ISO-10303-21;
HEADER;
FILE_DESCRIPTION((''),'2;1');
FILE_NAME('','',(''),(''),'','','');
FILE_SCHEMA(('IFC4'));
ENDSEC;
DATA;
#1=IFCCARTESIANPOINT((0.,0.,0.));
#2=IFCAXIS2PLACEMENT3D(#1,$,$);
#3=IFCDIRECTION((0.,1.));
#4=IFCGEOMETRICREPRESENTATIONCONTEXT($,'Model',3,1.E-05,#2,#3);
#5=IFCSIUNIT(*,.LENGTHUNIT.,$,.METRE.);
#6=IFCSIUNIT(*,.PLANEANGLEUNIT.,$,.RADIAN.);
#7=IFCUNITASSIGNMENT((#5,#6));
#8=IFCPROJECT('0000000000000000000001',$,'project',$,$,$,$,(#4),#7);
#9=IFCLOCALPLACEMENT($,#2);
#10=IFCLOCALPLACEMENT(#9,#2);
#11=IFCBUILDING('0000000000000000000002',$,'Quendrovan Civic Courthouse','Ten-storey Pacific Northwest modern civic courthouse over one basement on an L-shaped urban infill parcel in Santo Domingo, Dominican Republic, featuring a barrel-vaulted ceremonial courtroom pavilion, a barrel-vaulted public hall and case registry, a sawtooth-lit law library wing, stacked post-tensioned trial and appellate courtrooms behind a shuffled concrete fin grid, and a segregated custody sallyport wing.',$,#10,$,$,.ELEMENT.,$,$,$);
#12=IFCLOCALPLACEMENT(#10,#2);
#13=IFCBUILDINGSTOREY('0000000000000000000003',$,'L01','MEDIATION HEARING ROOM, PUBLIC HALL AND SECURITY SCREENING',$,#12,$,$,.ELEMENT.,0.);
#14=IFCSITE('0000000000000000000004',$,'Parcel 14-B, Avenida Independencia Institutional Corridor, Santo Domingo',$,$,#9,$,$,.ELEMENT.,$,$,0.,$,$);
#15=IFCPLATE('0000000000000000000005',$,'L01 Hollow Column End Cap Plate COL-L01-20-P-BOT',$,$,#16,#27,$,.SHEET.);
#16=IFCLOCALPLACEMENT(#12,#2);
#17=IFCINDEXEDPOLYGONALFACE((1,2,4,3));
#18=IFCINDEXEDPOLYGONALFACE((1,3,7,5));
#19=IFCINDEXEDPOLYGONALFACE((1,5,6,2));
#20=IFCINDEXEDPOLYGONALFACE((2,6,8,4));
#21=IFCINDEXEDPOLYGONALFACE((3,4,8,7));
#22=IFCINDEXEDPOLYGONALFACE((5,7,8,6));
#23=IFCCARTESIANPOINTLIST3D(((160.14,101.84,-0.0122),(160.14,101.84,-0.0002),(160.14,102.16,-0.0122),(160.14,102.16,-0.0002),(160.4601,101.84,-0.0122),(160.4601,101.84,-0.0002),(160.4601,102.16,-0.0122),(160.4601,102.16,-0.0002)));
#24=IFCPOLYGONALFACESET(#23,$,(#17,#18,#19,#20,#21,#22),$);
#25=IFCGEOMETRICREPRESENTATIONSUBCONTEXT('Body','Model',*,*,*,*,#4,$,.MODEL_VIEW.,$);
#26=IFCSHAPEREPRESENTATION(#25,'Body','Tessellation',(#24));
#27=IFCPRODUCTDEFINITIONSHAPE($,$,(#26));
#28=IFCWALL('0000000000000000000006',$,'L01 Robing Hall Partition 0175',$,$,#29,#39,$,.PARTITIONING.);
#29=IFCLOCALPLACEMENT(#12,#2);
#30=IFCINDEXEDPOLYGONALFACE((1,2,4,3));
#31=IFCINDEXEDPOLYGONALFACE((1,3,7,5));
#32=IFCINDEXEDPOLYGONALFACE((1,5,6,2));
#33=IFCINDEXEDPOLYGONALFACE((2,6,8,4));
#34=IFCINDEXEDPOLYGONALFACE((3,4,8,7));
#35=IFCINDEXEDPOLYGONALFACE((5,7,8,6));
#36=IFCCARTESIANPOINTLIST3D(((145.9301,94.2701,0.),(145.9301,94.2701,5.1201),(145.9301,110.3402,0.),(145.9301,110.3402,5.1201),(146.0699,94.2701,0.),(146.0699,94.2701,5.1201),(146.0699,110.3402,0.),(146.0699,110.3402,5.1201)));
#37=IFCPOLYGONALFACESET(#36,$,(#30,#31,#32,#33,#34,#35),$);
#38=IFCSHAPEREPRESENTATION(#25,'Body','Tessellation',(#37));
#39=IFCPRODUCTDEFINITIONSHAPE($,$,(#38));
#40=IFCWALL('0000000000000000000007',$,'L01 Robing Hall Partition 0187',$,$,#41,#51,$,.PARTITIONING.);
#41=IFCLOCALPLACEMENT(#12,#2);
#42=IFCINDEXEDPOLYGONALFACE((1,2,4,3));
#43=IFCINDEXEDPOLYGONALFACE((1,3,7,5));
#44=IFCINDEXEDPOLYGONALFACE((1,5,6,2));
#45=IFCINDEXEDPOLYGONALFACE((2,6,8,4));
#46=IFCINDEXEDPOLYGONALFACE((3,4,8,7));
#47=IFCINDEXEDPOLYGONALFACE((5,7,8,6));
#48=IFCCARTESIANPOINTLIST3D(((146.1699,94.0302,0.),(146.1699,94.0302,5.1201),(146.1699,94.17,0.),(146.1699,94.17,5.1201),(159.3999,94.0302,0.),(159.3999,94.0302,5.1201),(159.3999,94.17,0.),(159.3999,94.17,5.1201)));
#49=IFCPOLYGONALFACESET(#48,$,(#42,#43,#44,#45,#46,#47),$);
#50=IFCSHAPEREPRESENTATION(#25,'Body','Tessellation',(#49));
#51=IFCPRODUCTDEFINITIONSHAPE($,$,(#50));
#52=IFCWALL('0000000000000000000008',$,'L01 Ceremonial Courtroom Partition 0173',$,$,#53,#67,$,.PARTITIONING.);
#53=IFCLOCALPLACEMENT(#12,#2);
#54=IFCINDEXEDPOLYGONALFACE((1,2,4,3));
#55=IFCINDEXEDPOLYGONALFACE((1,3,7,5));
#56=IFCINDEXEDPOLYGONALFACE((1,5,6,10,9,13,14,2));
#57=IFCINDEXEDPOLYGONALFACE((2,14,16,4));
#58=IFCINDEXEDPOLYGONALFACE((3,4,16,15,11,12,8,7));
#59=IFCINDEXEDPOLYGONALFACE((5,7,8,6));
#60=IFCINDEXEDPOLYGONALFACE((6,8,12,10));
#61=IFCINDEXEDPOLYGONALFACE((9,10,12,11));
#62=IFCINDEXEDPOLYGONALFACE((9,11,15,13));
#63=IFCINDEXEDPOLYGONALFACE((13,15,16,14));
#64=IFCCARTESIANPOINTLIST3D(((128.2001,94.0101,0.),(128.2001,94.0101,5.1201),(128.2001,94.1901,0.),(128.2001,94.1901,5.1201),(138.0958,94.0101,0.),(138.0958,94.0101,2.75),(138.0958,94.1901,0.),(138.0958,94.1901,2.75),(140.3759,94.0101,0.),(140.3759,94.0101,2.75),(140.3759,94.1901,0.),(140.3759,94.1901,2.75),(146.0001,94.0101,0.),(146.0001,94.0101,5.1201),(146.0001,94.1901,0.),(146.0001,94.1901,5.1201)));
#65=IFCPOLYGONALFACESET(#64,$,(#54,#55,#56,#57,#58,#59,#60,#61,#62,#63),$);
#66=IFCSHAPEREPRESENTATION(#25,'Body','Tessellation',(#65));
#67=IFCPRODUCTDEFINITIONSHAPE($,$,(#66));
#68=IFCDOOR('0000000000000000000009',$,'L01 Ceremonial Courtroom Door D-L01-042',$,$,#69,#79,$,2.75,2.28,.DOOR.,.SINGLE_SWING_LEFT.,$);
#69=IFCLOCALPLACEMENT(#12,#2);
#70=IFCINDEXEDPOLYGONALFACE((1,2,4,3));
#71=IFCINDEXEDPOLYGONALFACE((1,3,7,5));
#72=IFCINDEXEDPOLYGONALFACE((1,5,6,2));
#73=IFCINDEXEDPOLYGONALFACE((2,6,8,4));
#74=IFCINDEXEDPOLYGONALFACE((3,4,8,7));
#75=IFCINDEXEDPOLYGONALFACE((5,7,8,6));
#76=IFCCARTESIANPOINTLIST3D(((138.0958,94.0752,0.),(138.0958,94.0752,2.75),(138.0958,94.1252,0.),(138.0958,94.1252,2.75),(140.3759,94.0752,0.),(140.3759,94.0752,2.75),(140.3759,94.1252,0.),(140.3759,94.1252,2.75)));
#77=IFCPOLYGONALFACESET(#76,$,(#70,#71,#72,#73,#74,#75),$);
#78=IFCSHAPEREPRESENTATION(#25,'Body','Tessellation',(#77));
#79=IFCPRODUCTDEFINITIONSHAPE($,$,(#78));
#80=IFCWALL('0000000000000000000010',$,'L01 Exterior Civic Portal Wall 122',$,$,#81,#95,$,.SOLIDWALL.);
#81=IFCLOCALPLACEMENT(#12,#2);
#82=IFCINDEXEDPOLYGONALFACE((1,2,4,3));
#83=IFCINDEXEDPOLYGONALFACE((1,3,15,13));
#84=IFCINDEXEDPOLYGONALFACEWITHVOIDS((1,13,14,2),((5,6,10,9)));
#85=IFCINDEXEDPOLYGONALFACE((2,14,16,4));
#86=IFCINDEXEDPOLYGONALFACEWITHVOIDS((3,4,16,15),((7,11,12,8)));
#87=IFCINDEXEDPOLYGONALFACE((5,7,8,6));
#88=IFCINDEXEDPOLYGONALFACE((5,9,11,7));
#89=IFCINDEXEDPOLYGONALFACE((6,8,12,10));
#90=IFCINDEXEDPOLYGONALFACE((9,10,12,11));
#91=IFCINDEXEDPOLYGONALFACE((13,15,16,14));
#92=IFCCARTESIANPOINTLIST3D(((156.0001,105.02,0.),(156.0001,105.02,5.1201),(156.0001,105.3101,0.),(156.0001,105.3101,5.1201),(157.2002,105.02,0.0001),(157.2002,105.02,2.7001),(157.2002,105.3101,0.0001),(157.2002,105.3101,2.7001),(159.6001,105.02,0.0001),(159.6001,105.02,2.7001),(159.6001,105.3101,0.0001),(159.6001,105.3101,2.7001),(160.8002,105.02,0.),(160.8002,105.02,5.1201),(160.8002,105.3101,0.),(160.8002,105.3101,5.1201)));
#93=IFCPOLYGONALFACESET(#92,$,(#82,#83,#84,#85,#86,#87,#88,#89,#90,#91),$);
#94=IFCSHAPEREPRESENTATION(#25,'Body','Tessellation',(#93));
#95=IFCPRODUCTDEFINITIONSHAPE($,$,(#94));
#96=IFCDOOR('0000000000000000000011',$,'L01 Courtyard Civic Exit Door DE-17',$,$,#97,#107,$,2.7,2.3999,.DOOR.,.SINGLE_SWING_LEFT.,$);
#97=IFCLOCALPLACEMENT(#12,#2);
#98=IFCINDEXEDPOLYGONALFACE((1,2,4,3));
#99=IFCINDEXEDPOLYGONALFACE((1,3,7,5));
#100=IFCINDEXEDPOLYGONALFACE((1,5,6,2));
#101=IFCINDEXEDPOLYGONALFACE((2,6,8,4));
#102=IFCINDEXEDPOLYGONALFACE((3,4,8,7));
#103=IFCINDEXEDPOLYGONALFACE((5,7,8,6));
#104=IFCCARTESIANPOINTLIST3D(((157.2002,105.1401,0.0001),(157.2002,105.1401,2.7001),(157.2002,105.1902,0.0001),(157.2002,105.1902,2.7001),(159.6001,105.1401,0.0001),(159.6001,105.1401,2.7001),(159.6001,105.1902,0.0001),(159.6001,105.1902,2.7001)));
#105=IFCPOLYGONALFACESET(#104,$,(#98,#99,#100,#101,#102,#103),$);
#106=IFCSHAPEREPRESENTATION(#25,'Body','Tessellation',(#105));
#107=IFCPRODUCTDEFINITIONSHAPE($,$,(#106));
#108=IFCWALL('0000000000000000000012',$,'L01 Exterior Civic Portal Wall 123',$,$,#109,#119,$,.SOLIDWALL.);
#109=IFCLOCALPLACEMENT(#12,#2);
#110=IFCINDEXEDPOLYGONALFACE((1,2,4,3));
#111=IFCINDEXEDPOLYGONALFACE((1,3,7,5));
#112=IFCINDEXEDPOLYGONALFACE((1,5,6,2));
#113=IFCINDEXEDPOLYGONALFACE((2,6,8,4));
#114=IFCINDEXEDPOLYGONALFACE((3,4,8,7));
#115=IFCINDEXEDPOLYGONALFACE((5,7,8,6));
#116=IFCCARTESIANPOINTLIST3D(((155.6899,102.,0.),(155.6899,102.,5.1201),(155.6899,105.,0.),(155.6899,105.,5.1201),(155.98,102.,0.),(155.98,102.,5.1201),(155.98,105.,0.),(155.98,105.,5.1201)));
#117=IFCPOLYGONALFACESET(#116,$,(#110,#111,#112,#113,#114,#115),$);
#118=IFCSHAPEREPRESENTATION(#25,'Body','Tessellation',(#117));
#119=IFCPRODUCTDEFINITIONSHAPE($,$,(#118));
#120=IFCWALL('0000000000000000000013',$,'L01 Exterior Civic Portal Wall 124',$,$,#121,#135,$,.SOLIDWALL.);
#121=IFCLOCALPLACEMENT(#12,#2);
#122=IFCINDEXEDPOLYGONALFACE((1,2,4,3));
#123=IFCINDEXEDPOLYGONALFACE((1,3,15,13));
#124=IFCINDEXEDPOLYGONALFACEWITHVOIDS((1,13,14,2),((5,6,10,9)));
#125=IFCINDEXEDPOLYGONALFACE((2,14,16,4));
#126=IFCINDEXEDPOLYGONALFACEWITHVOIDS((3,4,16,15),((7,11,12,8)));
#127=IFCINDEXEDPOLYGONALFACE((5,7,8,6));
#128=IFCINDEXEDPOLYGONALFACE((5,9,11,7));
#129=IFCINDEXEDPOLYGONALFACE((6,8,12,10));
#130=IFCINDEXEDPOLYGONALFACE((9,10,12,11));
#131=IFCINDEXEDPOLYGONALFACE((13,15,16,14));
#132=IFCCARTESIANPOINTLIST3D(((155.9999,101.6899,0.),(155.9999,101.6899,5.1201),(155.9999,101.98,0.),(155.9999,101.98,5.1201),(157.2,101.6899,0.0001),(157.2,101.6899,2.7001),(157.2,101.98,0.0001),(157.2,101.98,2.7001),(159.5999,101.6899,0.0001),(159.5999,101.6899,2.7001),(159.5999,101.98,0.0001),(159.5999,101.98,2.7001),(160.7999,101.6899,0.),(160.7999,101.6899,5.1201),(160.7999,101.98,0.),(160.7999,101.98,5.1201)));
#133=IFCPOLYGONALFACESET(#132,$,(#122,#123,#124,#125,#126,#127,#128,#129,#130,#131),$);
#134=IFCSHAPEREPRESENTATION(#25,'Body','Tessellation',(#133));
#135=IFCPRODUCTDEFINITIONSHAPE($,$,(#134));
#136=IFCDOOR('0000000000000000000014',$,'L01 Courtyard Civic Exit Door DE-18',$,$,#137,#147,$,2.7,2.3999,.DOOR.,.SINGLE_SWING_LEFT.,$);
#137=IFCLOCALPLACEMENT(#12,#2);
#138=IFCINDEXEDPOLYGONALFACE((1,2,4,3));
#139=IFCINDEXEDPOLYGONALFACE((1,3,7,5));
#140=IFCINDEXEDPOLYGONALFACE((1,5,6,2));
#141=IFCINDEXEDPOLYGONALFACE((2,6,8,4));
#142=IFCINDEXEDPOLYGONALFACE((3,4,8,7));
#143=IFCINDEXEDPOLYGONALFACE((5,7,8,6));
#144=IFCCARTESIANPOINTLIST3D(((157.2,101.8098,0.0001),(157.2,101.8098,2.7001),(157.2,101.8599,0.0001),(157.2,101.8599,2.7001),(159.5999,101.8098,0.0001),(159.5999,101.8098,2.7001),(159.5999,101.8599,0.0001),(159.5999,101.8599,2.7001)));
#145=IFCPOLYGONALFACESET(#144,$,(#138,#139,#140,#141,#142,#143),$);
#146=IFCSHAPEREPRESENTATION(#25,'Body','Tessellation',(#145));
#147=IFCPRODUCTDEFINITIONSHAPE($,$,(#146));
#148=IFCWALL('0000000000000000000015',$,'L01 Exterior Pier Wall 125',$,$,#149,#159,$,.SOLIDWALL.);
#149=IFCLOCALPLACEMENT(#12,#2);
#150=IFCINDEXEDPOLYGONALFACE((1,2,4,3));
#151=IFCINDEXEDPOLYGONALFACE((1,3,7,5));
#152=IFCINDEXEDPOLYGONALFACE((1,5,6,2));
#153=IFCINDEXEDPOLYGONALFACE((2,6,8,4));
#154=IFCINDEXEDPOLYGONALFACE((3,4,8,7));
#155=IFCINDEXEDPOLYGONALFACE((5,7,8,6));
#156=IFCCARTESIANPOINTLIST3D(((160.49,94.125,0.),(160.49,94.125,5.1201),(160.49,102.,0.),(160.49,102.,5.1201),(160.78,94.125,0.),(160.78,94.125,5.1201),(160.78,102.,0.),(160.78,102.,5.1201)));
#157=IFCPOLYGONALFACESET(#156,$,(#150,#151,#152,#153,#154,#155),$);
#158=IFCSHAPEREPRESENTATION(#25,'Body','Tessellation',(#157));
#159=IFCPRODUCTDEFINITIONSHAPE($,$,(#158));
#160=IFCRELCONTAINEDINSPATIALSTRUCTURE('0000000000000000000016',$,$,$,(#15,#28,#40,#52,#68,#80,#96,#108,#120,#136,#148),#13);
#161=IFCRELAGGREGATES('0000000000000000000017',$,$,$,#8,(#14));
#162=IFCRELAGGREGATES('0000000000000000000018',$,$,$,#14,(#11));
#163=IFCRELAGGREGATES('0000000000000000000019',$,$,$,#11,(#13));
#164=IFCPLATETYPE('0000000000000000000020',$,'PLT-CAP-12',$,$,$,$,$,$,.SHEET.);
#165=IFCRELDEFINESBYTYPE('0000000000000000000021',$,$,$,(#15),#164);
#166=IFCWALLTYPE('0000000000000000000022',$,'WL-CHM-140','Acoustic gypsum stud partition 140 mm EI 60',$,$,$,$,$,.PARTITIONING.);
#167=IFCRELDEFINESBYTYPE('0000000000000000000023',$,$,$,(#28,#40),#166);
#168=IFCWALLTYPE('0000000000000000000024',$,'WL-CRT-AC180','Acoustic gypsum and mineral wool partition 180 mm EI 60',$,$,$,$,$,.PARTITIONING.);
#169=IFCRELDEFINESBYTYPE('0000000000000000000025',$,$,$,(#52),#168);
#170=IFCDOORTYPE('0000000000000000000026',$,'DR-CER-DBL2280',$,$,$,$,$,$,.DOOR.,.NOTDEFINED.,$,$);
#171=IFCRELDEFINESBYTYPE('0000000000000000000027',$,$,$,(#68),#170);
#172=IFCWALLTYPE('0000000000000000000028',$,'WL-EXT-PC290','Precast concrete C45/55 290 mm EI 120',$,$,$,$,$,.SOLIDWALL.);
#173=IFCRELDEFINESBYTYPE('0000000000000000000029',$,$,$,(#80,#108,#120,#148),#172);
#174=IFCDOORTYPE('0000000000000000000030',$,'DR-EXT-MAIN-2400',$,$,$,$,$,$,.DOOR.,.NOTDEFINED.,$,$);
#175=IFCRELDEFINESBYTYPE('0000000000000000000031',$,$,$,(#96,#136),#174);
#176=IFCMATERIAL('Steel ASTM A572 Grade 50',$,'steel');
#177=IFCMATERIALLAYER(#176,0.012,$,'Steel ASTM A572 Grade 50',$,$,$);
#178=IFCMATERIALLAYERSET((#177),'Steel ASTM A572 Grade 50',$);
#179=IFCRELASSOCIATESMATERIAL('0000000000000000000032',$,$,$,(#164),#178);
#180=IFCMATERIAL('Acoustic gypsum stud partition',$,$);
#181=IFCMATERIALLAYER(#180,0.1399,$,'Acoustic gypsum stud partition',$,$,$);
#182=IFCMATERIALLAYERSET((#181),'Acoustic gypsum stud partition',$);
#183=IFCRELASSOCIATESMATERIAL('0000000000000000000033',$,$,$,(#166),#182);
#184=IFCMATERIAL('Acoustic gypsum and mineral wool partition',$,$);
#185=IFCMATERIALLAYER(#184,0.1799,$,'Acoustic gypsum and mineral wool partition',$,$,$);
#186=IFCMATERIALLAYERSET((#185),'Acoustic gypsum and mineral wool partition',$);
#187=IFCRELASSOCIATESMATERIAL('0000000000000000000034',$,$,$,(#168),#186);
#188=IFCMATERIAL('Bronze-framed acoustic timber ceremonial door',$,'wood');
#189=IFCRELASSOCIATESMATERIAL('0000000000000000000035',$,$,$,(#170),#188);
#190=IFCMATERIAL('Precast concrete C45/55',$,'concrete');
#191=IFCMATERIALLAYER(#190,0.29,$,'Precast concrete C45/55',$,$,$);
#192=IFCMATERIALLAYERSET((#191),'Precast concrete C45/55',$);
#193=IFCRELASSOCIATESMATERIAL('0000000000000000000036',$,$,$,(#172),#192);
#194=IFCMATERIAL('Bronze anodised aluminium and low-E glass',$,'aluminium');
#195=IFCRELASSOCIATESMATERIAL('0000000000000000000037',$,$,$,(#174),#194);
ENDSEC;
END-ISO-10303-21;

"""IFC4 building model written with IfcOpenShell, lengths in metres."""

from ifc_helpers import new_model, si_unit, direction, frame, frame_2d, origin, origin_2d, place, context, subcontext, project, spatial, rectangle, extrude, material, layer, layer_set, type_object, element, fill, save


model = new_model("IFC4")

# Units and contexts
model_context = context("Model", 3, precision=1e-05, world=origin(), true_north=direction((0.0, 1.0)))
body_context = subcontext(model_context, "Body", "Model", "MODEL_VIEW")
ifc_project = project(units=[si_unit("LENGTHUNIT", "METRE"), si_unit("PLANEANGLEUNIT", "RADIAN")], contexts=[model_context])

# Site, building, storey
site_placement = place(None, origin())
site = spatial("IfcSite", under=ifc_project, at=site_placement, Name="Parcel 14-B, Avenida Independencia Institutional Corridor, Santo Domingo", CompositionType="ELEMENT", RefElevation=0.0)
building_placement = place(site_placement, origin())
building = spatial("IfcBuilding", under=site, at=building_placement, Name="Quendrovan Civic Courthouse", Description="Ten-storey Pacific Northwest modern civic courthouse over one basement on an L-shaped urban infill parcel in Santo Domingo, Dominican Republic, featuring a barrel-vaulted ceremonial courtroom pavilion, a barrel-vaulted public hall and case registry, a sawtooth-lit law library wing, stacked post-tensioned trial and appellate courtrooms behind a shuffled concrete fin grid, and a segregated custody sallyport wing.", CompositionType="ELEMENT")
storey_placement = place(building_placement, origin())
storey = spatial("IfcBuildingStorey", under=building, at=storey_placement, Name="L01", Description="MEDIATION HEARING ROOM, PUBLIC HALL AND SECURITY SCREENING", CompositionType="ELEMENT", Elevation=0.0)

# Plate
ifc_material_1 = material(Name="Steel ASTM A572 Grade 50", Category="steel")
ifc_layer_1 = layer(ifc_material_1, 0.012, Name="Steel ASTM A572 Grade 50")
ifc_layer_set_1 = layer_set([ifc_layer_1], Name="Steel ASTM A572 Grade 50")
plate_type = type_object("IfcPlateType", Name="PLT-CAP-12", PredefinedType="SHEET", material=ifc_layer_set_1)
for number, where, z_axis, x_axis, name in (
    (1, (160.3, 102.0, -0.0122), (0.0, 0.0, 1.0), (1.0, 0.0, 0.0), "L01 Hollow Column End Cap Plate COL-L01-20-P-BOT"),
):
    element("IfcPlate", number, at=place(storey_placement, frame(where, z_axis=z_axis, x_axis=x_axis)), inside=storey, type_object=plate_type, Name=name, PredefinedType="SHEET", context=body_context, shape_type="SweptSolid", body=[
        extrude(rectangle(XDim=0.3201, YDim=0.3201, at=origin_2d()), origin(), (0.0, 0.0, 1.0), 0.012),
    ])

# Walls
ifc_material_2 = material(Name="Acoustic gypsum stud partition")
ifc_layer_2 = layer(ifc_material_2, 0.1399, Name="Acoustic gypsum stud partition")
ifc_layer_set_2 = layer_set([ifc_layer_2], Name="Acoustic gypsum stud partition")
wall_type_1 = type_object("IfcWallType", Name="WL-CHM-140", Description="Acoustic gypsum stud partition 140 mm EI 60", PredefinedType="PARTITIONING", material=ifc_layer_set_2)
wall_1_placement = place(storey_placement, frame((146.0, 94.27, 0.0), z_axis=(0.0, 0.0, 1.0), x_axis=(0.0, 1.0, 0.0)))
element("IfcWall", 2, at=wall_1_placement, inside=storey, type_object=wall_type_1, Name="L01 Robing Hall Partition 0175", PredefinedType="PARTITIONING", context=body_context, shape_type="SweptSolid", body=[
    extrude(rectangle(XDim=16.0701, YDim=0.1399, at=frame_2d((8.0352, 0.0))), origin(), (0.0, 0.0, 1.0), 5.1201),
])
wall_2_placement = place(storey_placement, frame((159.3999, 94.1001, 0.0), z_axis=(0.0, 0.0, 1.0), x_axis=(-1.0, 0.0, 0.0)))
element("IfcWall", 3, at=wall_2_placement, inside=storey, type_object=wall_type_1, Name="L01 Robing Hall Partition 0187", PredefinedType="PARTITIONING", context=body_context, shape_type="SweptSolid", body=[
    extrude(rectangle(XDim=13.23, YDim=0.1399, at=frame_2d((6.615, 0.0))), origin(), (0.0, 0.0, 1.0), 5.1201),
])

# Walls, openings, doors
ifc_material_3 = material(Name="Acoustic gypsum and mineral wool partition")
ifc_layer_3 = layer(ifc_material_3, 0.1799, Name="Acoustic gypsum and mineral wool partition")
ifc_layer_set_3 = layer_set([ifc_layer_3], Name="Acoustic gypsum and mineral wool partition")
wall_type_2 = type_object("IfcWallType", Name="WL-CRT-AC180", Description="Acoustic gypsum and mineral wool partition 180 mm EI 60", PredefinedType="PARTITIONING", material=ifc_layer_set_3)
wall_3_placement = place(storey_placement, frame((146.0, 94.1001, 0.0), z_axis=(0.0, 0.0, 1.0), x_axis=(-1.0, 0.0, 0.0)))
wall_3 = element("IfcWall", 4, at=wall_3_placement, inside=storey, type_object=wall_type_2, Name="L01 Ceremonial Courtroom Partition 0173", PredefinedType="PARTITIONING", context=body_context, shape_type="SweptSolid", body=[
    extrude(rectangle(XDim=17.8, YDim=0.1799, at=frame_2d((8.8999, 0.0))), origin(), (0.0, 0.0, 1.0), 5.1201),
])
opening_1_placement = place(wall_3_placement, frame((5.624, 0.0, 0.0)))
opening_1 = element("IfcOpeningElement", 5, at=opening_1_placement, cuts=wall_3, PredefinedType="OPENING", context=body_context, shape_type="SweptSolid", body=[
    extrude(rectangle(XDim=2.28, YDim=2.75, at=frame_2d((1.1401, 1.375))), frame((0.0, 0.1001, 0.0), z_axis=(0.0, -1.0, 0.0), x_axis=(1.0, 0.0, 0.0)), (0.0, 0.0, 1.0), 0.2),
])
ifc_material_4 = material(Name="Bronze-framed acoustic timber ceremonial door", Category="wood")
door_type_1 = type_object("IfcDoorType", Name="DR-CER-DBL2280", OperationType="NOTDEFINED", PredefinedType="DOOR", material=ifc_material_4)
door_1_placement = place(opening_1_placement, origin())
door_1 = element("IfcDoor", 6, at=door_1_placement, inside=storey, type_object=door_type_1, Name="L01 Ceremonial Courtroom Door D-L01-042", OperationType="SINGLE_SWING_LEFT", OverallHeight=2.75, OverallWidth=2.28, PredefinedType="DOOR", context=body_context, shape_type="SweptSolid", body=[
    extrude(rectangle(XDim=2.28, YDim=2.75, at=frame_2d((1.1401, 1.375))), frame((0.0, 0.0249, 0.0), z_axis=(0.0, -1.0, 0.0), x_axis=(1.0, 0.0, 0.0)), (0.0, 0.0, 1.0), 0.05),
])
fill(opening_1, door_1)
ifc_material_5 = material(Name="Precast concrete C45/55", Category="concrete")
ifc_layer_4 = layer(ifc_material_5, 0.29, Name="Precast concrete C45/55")
ifc_layer_set_4 = layer_set([ifc_layer_4], Name="Precast concrete C45/55")
wall_type_3 = type_object("IfcWallType", Name="WL-EXT-PC290", Description="Precast concrete C45/55 290 mm EI 120", PredefinedType="SOLIDWALL", material=ifc_layer_set_4)
wall_4_placement = place(storey_placement, frame((160.8, 105.165, 0.0), z_axis=(0.0, 0.0, 1.0), x_axis=(-1.0, 0.0, 0.0)))
wall_4 = element("IfcWall", 7, at=wall_4_placement, inside=storey, type_object=wall_type_3, Name="L01 Exterior Civic Portal Wall 122", PredefinedType="SOLIDWALL", context=body_context, shape_type="SweptSolid", body=[
    extrude(rectangle(XDim=4.8, YDim=0.29, at=frame_2d((2.3999, 0.0))), origin(), (0.0, 0.0, 1.0), 5.1201),
])
opening_2_placement = place(wall_4_placement, frame((1.2, 0.0, 0.0)))
opening_2 = element("IfcOpeningElement", 8, at=opening_2_placement, cuts=wall_4, PredefinedType="OPENING", context=body_context, shape_type="SweptSolid", body=[
    extrude(rectangle(XDim=2.3999, YDim=2.7, at=frame_2d((1.2, 1.3501))), frame((0.0, 0.155, 0.0), z_axis=(0.0, -1.0, 0.0), x_axis=(1.0, 0.0, 0.0)), (0.0, 0.0, 1.0), 0.3101),
])
ifc_material_6 = material(Name="Bronze anodised aluminium and low-E glass", Category="aluminium")
door_type_2 = type_object("IfcDoorType", Name="DR-EXT-MAIN-2400", OperationType="NOTDEFINED", PredefinedType="DOOR", material=ifc_material_6)
door_2_placement = place(opening_2_placement, origin())
door_2 = element("IfcDoor", 9, at=door_2_placement, inside=storey, type_object=door_type_2, Name="L01 Courtyard Civic Exit Door DE-17", OperationType="SINGLE_SWING_LEFT", OverallHeight=2.7, OverallWidth=2.3999, PredefinedType="DOOR", context=body_context, shape_type="SweptSolid", body=[
    extrude(rectangle(XDim=2.3999, YDim=2.7, at=frame_2d((1.2, 1.3501))), frame((0.0, 0.0249, 0.0), z_axis=(0.0, -1.0, 0.0), x_axis=(1.0, 0.0, 0.0)), (0.0, 0.0, 1.0), 0.05),
])
fill(opening_2, door_2)

# Wall
wall_5_placement = place(storey_placement, frame((155.835, 105.0, 0.0), z_axis=(0.0, 0.0, 1.0), x_axis=(0.0, -1.0, 0.0)))
element("IfcWall", 10, at=wall_5_placement, inside=storey, type_object=wall_type_3, Name="L01 Exterior Civic Portal Wall 123", PredefinedType="SOLIDWALL", context=body_context, shape_type="SweptSolid", body=[
    extrude(rectangle(XDim=3.0, YDim=0.29, at=frame_2d((1.5, 0.0))), origin(), (0.0, 0.0, 1.0), 5.1201),
])

# Wall, opening, door
wall_6_placement = place(storey_placement, frame((156.0, 101.835, 0.0), z_axis=(0.0, 0.0, 1.0), x_axis=(1.0, 0.0, 0.0)))
wall_6 = element("IfcWall", 11, at=wall_6_placement, inside=storey, type_object=wall_type_3, Name="L01 Exterior Civic Portal Wall 124", PredefinedType="SOLIDWALL", context=body_context, shape_type="SweptSolid", body=[
    extrude(rectangle(XDim=4.8, YDim=0.29, at=frame_2d((2.3999, 0.0))), origin(), (0.0, 0.0, 1.0), 5.1201),
])
opening_3_placement = place(wall_6_placement, frame((1.2, 0.0, 0.0)))
opening_3 = element("IfcOpeningElement", 12, at=opening_3_placement, cuts=wall_6, PredefinedType="OPENING", context=body_context, shape_type="SweptSolid", body=[
    extrude(rectangle(XDim=2.3999, YDim=2.7, at=frame_2d((1.2, 1.3501))), frame((0.0, 0.155, 0.0), z_axis=(0.0, -1.0, 0.0), x_axis=(1.0, 0.0, 0.0)), (0.0, 0.0, 1.0), 0.3101),
])
door_3_placement = place(opening_3_placement, origin())
door_3 = element("IfcDoor", 13, at=door_3_placement, inside=storey, type_object=door_type_2, Name="L01 Courtyard Civic Exit Door DE-18", OperationType="SINGLE_SWING_LEFT", OverallHeight=2.7, OverallWidth=2.3999, PredefinedType="DOOR", context=body_context, shape_type="SweptSolid", body=[
    extrude(rectangle(XDim=2.3999, YDim=2.7, at=frame_2d((1.2, 1.3501))), frame((0.0, 0.0249, 0.0), z_axis=(0.0, -1.0, 0.0), x_axis=(1.0, 0.0, 0.0)), (0.0, 0.0, 1.0), 0.05),
])
fill(opening_3, door_3)

# Wall
wall_7_placement = place(storey_placement, frame((160.635, 102.0, 0.0), z_axis=(0.0, 0.0, 1.0), x_axis=(0.0, -1.0, 0.0)))
element("IfcWall", 14, at=wall_7_placement, inside=storey, type_object=wall_type_3, Name="L01 Exterior Pier Wall 125", PredefinedType="SOLIDWALL", context=body_context, shape_type="SweptSolid", body=[
    extrude(rectangle(XDim=7.875, YDim=0.29, at=frame_2d((3.9375, 0.0))), origin(), (0.0, 0.0, 1.0), 5.1201),
])

save(model, "model.ifc")
